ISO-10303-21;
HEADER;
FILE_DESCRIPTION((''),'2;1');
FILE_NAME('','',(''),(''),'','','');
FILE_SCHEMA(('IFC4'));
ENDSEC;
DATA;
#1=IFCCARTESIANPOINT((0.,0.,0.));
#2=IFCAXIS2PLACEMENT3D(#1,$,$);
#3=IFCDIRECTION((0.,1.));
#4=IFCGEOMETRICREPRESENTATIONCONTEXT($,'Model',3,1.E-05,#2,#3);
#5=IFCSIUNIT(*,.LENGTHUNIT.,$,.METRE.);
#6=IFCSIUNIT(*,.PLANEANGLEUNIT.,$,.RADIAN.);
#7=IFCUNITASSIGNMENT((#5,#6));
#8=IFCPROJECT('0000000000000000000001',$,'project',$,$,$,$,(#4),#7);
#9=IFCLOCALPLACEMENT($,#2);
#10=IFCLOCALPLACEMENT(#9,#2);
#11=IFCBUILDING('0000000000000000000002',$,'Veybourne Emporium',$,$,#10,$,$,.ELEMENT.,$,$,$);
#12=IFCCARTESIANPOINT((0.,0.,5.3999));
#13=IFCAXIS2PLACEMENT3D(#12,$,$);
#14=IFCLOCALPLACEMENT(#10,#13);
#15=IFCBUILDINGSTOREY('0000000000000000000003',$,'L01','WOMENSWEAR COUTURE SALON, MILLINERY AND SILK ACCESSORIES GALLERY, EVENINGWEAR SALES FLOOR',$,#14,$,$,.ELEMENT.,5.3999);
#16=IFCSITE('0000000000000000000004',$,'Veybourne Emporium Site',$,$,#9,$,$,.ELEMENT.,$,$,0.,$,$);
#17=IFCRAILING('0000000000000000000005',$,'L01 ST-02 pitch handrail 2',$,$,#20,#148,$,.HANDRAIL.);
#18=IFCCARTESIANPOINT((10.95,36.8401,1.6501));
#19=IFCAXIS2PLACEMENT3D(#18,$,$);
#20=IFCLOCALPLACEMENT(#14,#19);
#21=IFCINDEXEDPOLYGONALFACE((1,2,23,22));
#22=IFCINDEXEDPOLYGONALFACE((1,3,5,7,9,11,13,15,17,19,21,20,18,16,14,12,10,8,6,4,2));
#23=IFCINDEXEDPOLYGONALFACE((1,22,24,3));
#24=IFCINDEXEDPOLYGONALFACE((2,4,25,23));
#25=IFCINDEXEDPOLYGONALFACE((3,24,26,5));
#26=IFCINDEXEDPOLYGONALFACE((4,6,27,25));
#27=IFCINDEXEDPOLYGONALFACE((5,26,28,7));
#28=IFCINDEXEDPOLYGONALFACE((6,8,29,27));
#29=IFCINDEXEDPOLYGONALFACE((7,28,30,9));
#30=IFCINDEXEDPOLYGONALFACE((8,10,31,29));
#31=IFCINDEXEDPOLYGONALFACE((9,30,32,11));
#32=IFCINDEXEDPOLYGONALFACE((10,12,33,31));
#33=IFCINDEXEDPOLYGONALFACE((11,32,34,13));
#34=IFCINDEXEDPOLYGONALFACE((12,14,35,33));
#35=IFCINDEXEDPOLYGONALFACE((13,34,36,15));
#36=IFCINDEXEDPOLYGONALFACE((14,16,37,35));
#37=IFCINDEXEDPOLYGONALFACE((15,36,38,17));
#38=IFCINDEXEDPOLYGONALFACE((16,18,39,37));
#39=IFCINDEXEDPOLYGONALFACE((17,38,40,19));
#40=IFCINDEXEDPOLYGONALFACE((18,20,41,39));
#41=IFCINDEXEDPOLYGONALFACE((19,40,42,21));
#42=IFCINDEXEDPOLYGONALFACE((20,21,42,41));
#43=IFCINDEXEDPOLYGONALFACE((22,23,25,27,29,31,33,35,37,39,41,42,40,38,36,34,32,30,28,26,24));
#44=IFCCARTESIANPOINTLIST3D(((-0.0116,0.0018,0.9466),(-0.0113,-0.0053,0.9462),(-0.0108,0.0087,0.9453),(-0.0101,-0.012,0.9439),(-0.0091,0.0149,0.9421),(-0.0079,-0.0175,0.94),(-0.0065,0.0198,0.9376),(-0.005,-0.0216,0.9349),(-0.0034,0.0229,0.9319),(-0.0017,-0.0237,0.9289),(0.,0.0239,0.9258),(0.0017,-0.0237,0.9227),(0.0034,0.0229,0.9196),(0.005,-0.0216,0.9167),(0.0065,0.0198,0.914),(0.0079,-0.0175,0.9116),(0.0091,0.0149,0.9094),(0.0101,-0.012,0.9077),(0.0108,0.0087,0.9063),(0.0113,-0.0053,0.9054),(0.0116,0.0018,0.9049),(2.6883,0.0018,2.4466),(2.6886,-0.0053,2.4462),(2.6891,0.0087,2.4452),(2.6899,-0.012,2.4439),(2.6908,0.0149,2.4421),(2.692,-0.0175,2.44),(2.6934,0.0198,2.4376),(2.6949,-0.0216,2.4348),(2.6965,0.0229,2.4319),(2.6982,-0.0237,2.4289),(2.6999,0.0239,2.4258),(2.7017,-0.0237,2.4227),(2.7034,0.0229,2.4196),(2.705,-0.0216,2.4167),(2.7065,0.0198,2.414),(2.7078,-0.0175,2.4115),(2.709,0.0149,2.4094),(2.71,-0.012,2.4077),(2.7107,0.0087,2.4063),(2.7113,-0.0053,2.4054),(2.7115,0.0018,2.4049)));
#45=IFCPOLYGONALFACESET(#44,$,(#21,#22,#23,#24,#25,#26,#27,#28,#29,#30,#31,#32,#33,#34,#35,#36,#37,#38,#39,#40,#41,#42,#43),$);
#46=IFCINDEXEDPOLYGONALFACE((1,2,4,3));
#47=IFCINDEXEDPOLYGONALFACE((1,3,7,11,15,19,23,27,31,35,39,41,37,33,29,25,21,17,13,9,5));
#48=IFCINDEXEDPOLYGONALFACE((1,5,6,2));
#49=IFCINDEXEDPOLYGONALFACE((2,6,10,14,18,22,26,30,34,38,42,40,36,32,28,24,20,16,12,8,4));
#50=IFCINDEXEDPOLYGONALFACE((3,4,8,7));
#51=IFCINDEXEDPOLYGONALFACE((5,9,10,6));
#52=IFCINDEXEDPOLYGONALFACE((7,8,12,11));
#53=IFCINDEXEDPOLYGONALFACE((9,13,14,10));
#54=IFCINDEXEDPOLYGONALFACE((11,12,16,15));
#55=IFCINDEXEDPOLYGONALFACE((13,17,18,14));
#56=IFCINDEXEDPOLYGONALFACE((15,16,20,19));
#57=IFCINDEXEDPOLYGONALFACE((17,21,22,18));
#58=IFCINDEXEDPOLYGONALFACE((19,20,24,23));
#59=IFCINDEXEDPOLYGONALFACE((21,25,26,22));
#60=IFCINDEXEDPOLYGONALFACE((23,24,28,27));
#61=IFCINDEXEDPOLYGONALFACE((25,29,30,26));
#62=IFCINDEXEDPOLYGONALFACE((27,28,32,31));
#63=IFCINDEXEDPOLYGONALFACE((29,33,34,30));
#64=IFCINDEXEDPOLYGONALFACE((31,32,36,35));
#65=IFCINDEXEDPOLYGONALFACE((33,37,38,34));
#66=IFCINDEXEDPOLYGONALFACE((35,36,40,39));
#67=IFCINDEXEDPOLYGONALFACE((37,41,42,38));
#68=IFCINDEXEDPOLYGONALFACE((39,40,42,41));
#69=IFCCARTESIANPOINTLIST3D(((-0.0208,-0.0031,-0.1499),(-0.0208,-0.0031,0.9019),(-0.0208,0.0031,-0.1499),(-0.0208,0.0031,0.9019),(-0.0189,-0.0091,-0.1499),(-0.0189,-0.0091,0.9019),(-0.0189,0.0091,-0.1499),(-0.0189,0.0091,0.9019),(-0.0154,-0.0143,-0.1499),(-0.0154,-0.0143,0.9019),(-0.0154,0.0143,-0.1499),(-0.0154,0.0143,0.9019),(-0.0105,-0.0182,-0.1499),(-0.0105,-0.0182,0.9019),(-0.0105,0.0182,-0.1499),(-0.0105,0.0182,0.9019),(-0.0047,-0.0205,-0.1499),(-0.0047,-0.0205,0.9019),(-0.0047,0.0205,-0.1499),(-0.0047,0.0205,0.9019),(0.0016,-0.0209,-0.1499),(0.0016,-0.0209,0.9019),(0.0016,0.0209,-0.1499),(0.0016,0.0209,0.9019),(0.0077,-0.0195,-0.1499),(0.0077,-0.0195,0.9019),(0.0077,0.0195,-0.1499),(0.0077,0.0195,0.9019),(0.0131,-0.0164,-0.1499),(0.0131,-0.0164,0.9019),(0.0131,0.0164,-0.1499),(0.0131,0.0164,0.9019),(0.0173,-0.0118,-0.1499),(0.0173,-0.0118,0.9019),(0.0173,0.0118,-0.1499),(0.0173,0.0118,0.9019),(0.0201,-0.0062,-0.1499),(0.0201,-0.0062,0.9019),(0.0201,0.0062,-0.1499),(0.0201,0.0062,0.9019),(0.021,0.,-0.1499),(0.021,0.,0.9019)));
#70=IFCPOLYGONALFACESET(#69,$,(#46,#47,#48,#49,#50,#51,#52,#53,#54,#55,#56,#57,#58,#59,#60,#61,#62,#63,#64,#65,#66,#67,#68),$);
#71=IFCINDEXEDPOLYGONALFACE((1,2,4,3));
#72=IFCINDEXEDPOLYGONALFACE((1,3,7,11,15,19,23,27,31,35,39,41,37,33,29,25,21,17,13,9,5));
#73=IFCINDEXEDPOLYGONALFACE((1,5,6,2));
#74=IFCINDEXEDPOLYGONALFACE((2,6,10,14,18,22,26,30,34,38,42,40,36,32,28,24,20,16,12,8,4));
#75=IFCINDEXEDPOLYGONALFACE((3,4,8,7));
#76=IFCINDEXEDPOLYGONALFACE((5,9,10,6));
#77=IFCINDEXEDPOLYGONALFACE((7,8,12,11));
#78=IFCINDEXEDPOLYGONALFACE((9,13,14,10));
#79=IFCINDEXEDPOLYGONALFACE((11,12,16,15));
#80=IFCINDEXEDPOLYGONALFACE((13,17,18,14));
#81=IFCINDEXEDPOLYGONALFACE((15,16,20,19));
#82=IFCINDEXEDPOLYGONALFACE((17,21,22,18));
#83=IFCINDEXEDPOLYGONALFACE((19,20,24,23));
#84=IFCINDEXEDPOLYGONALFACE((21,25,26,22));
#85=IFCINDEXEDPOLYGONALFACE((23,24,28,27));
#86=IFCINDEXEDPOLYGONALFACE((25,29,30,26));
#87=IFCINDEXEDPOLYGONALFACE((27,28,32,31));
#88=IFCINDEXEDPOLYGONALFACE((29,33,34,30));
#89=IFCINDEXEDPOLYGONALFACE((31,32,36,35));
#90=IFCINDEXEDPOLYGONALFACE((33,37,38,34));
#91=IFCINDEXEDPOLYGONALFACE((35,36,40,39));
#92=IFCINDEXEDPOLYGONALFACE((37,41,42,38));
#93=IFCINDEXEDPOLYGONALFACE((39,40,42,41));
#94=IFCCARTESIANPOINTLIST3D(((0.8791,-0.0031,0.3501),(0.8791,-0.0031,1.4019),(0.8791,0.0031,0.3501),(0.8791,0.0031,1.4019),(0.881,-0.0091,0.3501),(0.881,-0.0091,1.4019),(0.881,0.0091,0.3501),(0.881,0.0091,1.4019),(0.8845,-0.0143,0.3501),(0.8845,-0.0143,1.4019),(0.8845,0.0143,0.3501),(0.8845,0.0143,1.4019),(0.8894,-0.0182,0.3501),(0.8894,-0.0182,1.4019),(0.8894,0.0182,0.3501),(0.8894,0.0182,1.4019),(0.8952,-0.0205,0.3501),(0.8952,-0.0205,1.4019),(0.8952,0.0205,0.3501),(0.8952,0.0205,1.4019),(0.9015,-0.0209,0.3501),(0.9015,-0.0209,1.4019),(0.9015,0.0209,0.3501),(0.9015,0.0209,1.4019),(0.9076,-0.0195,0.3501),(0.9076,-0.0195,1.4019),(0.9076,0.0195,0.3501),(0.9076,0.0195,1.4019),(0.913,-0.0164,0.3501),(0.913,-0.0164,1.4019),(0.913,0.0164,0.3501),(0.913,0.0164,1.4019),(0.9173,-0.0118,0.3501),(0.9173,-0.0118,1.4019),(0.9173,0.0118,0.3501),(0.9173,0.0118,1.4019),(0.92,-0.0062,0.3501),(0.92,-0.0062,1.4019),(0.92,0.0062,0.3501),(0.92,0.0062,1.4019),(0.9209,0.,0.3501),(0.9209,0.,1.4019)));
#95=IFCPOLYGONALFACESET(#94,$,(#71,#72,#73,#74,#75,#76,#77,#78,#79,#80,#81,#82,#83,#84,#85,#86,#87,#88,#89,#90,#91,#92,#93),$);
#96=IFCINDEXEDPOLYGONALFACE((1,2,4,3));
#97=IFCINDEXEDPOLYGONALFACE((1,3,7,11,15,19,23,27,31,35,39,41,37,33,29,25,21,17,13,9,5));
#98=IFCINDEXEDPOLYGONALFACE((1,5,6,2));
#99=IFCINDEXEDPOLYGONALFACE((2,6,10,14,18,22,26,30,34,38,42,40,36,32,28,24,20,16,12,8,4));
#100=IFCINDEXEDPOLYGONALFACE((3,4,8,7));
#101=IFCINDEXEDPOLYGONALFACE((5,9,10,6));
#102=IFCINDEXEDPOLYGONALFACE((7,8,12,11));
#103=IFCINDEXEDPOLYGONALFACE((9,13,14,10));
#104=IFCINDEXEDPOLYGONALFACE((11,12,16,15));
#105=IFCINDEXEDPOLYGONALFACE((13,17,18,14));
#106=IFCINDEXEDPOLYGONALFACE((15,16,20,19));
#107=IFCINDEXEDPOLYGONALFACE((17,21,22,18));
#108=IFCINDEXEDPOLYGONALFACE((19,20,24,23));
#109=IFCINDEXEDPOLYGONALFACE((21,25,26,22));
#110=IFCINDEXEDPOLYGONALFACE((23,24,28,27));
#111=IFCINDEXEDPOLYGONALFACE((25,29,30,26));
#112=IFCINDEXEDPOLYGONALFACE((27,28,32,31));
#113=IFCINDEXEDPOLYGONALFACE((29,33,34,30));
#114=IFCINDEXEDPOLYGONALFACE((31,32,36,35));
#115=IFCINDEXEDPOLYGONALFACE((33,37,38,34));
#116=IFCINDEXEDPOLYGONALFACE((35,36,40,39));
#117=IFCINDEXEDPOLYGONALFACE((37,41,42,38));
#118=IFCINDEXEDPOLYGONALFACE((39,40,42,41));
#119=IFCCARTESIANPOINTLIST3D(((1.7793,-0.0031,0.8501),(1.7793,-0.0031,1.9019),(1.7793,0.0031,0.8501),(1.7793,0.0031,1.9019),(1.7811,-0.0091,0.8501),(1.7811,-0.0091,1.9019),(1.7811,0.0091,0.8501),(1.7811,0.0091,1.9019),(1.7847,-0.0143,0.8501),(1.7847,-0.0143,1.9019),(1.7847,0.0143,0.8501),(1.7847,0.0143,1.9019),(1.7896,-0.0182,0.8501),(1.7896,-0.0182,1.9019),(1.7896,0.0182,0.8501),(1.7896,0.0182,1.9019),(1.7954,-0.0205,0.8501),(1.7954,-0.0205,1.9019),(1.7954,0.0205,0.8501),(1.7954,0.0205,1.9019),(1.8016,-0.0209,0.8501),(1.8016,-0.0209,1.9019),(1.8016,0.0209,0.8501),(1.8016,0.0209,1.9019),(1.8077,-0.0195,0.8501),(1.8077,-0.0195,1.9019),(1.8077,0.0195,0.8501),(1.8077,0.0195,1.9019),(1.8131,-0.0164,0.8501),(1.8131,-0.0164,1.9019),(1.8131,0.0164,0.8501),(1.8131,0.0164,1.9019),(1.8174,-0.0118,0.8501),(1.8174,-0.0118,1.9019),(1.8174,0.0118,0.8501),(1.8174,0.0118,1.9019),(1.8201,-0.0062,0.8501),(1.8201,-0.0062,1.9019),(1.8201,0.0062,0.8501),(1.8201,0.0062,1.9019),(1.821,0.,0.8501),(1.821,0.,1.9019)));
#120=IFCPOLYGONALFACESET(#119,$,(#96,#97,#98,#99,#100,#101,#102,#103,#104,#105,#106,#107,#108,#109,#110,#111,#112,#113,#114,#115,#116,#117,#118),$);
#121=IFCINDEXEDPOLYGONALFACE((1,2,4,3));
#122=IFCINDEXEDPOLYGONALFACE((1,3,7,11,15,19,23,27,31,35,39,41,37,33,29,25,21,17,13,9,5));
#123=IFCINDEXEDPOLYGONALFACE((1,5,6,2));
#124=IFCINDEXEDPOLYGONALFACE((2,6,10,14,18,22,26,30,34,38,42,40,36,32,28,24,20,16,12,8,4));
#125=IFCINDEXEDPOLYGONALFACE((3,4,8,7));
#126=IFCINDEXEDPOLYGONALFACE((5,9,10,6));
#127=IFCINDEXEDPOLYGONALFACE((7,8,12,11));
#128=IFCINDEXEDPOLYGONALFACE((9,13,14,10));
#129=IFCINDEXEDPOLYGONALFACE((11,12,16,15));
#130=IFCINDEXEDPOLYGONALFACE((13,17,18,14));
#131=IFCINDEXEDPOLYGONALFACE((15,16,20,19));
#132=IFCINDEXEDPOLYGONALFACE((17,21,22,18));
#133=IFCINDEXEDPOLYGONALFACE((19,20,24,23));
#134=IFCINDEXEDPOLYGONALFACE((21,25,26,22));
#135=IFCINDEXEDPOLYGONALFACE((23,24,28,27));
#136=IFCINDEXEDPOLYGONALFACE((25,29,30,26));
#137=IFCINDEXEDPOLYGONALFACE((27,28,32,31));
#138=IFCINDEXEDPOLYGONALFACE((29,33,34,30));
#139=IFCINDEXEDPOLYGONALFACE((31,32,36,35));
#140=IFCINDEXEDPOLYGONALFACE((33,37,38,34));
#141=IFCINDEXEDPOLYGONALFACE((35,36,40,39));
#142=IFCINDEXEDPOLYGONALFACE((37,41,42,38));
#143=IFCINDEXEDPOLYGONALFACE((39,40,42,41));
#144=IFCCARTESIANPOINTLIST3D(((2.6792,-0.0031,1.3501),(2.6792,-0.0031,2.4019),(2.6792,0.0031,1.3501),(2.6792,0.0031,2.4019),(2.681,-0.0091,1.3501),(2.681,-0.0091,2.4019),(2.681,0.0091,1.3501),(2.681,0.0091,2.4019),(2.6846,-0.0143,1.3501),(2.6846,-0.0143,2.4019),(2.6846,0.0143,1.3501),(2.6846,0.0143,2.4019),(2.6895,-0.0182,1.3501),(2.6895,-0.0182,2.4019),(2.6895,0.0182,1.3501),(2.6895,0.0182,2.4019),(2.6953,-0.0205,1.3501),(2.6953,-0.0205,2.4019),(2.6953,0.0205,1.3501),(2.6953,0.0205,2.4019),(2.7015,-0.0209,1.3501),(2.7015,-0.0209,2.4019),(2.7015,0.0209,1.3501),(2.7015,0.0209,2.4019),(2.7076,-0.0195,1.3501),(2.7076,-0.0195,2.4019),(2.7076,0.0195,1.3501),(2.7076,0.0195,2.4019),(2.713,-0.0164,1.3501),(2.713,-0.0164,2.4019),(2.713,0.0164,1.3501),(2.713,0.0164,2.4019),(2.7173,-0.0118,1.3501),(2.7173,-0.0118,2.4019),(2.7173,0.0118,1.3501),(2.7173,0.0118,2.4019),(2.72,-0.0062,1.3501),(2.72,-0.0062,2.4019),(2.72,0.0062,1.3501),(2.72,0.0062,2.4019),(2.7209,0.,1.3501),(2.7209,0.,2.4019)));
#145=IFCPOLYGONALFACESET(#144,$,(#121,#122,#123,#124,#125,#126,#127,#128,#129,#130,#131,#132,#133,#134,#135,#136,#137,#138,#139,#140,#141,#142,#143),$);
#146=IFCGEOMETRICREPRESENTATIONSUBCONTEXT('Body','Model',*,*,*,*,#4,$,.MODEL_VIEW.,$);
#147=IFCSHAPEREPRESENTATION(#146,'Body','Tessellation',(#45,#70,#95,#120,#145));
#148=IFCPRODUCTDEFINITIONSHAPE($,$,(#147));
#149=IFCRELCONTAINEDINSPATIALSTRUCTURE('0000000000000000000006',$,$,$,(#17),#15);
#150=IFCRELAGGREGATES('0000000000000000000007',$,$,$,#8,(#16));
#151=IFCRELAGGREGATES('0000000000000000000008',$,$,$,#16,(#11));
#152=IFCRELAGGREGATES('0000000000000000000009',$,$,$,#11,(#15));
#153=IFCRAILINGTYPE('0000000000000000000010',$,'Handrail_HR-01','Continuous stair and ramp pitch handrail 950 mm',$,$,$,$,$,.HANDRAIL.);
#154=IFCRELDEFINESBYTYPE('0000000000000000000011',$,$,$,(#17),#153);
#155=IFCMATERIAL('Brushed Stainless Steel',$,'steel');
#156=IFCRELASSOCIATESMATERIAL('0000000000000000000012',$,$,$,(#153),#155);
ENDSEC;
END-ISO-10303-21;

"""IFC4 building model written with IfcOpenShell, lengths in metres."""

from ifc_helpers import new_model, si_unit, direction, frame, origin, origin_2d, place, context, subcontext, project, spatial, circle, extrude, material, type_object, element, save


model = new_model("IFC4")

# Units and contexts
model_context = context("Model", 3, precision=1e-05, world=origin(), true_north=direction((0.0, 1.0)))
body_context = subcontext(model_context, "Body", "Model", "MODEL_VIEW")
ifc_project = project(units=[si_unit("LENGTHUNIT", "METRE"), si_unit("PLANEANGLEUNIT", "RADIAN")], contexts=[model_context])

# Site, building, storey
site_placement = place(None, origin())
site = spatial("IfcSite", under=ifc_project, at=site_placement, Name="Veybourne Emporium Site", CompositionType="ELEMENT", RefElevation=0.0)
building_placement = place(site_placement, origin())
building = spatial("IfcBuilding", under=site, at=building_placement, Name="Veybourne Emporium", CompositionType="ELEMENT")
storey_placement = place(building_placement, frame((0.0, 0.0, 5.3999)))
storey = spatial("IfcBuildingStorey", under=building, at=storey_placement, Name="L01", Description="WOMENSWEAR COUTURE SALON, MILLINERY AND SILK ACCESSORIES GALLERY, EVENINGWEAR SALES FLOOR", CompositionType="ELEMENT", Elevation=5.3999)

# Railing
ifc_material_1 = material(Name="Brushed Stainless Steel", Category="steel")
railing_type = type_object("IfcRailingType", Name="Handrail_HR-01", Description="Continuous stair and ramp pitch handrail 950 mm", PredefinedType="HANDRAIL", material=ifc_material_1)
railing_placement = place(storey_placement, frame((10.95, 36.8401, 1.6501)))
element("IfcRailing", 1, at=railing_placement, inside=storey, type_object=railing_type, Name="L01 ST-02 pitch handrail 2", PredefinedType="HANDRAIL", context=body_context, shape_type="SweptSolid", body=[
    extrude(circle(Radius=0.0239, at=origin_2d()), frame((0.0, 0.0, 0.9258), z_axis=(0.874154, 0.0, 0.48565), x_axis=(0.0, 1.0, 0.0)), (0.0, 0.0, 1.0), 3.0886),
    extrude(circle(Radius=0.021, at=origin_2d()), frame((0.0, 0.0, -0.1499)), (0.0, 0.0, 1.0), 1.0518),
    extrude(circle(Radius=0.021, at=origin_2d()), frame((0.8999, 0.0, 0.3501)), (0.0, 0.0, 1.0), 1.0518),
    extrude(circle(Radius=0.021, at=origin_2d()), frame((1.8, 0.0, 0.8501)), (0.0, 0.0, 1.0), 1.0518),
    extrude(circle(Radius=0.021, at=origin_2d()), frame((2.7, 0.0, 1.3501)), (0.0, 0.0, 1.0), 1.0518),
])

save(model, "model.ifc")
